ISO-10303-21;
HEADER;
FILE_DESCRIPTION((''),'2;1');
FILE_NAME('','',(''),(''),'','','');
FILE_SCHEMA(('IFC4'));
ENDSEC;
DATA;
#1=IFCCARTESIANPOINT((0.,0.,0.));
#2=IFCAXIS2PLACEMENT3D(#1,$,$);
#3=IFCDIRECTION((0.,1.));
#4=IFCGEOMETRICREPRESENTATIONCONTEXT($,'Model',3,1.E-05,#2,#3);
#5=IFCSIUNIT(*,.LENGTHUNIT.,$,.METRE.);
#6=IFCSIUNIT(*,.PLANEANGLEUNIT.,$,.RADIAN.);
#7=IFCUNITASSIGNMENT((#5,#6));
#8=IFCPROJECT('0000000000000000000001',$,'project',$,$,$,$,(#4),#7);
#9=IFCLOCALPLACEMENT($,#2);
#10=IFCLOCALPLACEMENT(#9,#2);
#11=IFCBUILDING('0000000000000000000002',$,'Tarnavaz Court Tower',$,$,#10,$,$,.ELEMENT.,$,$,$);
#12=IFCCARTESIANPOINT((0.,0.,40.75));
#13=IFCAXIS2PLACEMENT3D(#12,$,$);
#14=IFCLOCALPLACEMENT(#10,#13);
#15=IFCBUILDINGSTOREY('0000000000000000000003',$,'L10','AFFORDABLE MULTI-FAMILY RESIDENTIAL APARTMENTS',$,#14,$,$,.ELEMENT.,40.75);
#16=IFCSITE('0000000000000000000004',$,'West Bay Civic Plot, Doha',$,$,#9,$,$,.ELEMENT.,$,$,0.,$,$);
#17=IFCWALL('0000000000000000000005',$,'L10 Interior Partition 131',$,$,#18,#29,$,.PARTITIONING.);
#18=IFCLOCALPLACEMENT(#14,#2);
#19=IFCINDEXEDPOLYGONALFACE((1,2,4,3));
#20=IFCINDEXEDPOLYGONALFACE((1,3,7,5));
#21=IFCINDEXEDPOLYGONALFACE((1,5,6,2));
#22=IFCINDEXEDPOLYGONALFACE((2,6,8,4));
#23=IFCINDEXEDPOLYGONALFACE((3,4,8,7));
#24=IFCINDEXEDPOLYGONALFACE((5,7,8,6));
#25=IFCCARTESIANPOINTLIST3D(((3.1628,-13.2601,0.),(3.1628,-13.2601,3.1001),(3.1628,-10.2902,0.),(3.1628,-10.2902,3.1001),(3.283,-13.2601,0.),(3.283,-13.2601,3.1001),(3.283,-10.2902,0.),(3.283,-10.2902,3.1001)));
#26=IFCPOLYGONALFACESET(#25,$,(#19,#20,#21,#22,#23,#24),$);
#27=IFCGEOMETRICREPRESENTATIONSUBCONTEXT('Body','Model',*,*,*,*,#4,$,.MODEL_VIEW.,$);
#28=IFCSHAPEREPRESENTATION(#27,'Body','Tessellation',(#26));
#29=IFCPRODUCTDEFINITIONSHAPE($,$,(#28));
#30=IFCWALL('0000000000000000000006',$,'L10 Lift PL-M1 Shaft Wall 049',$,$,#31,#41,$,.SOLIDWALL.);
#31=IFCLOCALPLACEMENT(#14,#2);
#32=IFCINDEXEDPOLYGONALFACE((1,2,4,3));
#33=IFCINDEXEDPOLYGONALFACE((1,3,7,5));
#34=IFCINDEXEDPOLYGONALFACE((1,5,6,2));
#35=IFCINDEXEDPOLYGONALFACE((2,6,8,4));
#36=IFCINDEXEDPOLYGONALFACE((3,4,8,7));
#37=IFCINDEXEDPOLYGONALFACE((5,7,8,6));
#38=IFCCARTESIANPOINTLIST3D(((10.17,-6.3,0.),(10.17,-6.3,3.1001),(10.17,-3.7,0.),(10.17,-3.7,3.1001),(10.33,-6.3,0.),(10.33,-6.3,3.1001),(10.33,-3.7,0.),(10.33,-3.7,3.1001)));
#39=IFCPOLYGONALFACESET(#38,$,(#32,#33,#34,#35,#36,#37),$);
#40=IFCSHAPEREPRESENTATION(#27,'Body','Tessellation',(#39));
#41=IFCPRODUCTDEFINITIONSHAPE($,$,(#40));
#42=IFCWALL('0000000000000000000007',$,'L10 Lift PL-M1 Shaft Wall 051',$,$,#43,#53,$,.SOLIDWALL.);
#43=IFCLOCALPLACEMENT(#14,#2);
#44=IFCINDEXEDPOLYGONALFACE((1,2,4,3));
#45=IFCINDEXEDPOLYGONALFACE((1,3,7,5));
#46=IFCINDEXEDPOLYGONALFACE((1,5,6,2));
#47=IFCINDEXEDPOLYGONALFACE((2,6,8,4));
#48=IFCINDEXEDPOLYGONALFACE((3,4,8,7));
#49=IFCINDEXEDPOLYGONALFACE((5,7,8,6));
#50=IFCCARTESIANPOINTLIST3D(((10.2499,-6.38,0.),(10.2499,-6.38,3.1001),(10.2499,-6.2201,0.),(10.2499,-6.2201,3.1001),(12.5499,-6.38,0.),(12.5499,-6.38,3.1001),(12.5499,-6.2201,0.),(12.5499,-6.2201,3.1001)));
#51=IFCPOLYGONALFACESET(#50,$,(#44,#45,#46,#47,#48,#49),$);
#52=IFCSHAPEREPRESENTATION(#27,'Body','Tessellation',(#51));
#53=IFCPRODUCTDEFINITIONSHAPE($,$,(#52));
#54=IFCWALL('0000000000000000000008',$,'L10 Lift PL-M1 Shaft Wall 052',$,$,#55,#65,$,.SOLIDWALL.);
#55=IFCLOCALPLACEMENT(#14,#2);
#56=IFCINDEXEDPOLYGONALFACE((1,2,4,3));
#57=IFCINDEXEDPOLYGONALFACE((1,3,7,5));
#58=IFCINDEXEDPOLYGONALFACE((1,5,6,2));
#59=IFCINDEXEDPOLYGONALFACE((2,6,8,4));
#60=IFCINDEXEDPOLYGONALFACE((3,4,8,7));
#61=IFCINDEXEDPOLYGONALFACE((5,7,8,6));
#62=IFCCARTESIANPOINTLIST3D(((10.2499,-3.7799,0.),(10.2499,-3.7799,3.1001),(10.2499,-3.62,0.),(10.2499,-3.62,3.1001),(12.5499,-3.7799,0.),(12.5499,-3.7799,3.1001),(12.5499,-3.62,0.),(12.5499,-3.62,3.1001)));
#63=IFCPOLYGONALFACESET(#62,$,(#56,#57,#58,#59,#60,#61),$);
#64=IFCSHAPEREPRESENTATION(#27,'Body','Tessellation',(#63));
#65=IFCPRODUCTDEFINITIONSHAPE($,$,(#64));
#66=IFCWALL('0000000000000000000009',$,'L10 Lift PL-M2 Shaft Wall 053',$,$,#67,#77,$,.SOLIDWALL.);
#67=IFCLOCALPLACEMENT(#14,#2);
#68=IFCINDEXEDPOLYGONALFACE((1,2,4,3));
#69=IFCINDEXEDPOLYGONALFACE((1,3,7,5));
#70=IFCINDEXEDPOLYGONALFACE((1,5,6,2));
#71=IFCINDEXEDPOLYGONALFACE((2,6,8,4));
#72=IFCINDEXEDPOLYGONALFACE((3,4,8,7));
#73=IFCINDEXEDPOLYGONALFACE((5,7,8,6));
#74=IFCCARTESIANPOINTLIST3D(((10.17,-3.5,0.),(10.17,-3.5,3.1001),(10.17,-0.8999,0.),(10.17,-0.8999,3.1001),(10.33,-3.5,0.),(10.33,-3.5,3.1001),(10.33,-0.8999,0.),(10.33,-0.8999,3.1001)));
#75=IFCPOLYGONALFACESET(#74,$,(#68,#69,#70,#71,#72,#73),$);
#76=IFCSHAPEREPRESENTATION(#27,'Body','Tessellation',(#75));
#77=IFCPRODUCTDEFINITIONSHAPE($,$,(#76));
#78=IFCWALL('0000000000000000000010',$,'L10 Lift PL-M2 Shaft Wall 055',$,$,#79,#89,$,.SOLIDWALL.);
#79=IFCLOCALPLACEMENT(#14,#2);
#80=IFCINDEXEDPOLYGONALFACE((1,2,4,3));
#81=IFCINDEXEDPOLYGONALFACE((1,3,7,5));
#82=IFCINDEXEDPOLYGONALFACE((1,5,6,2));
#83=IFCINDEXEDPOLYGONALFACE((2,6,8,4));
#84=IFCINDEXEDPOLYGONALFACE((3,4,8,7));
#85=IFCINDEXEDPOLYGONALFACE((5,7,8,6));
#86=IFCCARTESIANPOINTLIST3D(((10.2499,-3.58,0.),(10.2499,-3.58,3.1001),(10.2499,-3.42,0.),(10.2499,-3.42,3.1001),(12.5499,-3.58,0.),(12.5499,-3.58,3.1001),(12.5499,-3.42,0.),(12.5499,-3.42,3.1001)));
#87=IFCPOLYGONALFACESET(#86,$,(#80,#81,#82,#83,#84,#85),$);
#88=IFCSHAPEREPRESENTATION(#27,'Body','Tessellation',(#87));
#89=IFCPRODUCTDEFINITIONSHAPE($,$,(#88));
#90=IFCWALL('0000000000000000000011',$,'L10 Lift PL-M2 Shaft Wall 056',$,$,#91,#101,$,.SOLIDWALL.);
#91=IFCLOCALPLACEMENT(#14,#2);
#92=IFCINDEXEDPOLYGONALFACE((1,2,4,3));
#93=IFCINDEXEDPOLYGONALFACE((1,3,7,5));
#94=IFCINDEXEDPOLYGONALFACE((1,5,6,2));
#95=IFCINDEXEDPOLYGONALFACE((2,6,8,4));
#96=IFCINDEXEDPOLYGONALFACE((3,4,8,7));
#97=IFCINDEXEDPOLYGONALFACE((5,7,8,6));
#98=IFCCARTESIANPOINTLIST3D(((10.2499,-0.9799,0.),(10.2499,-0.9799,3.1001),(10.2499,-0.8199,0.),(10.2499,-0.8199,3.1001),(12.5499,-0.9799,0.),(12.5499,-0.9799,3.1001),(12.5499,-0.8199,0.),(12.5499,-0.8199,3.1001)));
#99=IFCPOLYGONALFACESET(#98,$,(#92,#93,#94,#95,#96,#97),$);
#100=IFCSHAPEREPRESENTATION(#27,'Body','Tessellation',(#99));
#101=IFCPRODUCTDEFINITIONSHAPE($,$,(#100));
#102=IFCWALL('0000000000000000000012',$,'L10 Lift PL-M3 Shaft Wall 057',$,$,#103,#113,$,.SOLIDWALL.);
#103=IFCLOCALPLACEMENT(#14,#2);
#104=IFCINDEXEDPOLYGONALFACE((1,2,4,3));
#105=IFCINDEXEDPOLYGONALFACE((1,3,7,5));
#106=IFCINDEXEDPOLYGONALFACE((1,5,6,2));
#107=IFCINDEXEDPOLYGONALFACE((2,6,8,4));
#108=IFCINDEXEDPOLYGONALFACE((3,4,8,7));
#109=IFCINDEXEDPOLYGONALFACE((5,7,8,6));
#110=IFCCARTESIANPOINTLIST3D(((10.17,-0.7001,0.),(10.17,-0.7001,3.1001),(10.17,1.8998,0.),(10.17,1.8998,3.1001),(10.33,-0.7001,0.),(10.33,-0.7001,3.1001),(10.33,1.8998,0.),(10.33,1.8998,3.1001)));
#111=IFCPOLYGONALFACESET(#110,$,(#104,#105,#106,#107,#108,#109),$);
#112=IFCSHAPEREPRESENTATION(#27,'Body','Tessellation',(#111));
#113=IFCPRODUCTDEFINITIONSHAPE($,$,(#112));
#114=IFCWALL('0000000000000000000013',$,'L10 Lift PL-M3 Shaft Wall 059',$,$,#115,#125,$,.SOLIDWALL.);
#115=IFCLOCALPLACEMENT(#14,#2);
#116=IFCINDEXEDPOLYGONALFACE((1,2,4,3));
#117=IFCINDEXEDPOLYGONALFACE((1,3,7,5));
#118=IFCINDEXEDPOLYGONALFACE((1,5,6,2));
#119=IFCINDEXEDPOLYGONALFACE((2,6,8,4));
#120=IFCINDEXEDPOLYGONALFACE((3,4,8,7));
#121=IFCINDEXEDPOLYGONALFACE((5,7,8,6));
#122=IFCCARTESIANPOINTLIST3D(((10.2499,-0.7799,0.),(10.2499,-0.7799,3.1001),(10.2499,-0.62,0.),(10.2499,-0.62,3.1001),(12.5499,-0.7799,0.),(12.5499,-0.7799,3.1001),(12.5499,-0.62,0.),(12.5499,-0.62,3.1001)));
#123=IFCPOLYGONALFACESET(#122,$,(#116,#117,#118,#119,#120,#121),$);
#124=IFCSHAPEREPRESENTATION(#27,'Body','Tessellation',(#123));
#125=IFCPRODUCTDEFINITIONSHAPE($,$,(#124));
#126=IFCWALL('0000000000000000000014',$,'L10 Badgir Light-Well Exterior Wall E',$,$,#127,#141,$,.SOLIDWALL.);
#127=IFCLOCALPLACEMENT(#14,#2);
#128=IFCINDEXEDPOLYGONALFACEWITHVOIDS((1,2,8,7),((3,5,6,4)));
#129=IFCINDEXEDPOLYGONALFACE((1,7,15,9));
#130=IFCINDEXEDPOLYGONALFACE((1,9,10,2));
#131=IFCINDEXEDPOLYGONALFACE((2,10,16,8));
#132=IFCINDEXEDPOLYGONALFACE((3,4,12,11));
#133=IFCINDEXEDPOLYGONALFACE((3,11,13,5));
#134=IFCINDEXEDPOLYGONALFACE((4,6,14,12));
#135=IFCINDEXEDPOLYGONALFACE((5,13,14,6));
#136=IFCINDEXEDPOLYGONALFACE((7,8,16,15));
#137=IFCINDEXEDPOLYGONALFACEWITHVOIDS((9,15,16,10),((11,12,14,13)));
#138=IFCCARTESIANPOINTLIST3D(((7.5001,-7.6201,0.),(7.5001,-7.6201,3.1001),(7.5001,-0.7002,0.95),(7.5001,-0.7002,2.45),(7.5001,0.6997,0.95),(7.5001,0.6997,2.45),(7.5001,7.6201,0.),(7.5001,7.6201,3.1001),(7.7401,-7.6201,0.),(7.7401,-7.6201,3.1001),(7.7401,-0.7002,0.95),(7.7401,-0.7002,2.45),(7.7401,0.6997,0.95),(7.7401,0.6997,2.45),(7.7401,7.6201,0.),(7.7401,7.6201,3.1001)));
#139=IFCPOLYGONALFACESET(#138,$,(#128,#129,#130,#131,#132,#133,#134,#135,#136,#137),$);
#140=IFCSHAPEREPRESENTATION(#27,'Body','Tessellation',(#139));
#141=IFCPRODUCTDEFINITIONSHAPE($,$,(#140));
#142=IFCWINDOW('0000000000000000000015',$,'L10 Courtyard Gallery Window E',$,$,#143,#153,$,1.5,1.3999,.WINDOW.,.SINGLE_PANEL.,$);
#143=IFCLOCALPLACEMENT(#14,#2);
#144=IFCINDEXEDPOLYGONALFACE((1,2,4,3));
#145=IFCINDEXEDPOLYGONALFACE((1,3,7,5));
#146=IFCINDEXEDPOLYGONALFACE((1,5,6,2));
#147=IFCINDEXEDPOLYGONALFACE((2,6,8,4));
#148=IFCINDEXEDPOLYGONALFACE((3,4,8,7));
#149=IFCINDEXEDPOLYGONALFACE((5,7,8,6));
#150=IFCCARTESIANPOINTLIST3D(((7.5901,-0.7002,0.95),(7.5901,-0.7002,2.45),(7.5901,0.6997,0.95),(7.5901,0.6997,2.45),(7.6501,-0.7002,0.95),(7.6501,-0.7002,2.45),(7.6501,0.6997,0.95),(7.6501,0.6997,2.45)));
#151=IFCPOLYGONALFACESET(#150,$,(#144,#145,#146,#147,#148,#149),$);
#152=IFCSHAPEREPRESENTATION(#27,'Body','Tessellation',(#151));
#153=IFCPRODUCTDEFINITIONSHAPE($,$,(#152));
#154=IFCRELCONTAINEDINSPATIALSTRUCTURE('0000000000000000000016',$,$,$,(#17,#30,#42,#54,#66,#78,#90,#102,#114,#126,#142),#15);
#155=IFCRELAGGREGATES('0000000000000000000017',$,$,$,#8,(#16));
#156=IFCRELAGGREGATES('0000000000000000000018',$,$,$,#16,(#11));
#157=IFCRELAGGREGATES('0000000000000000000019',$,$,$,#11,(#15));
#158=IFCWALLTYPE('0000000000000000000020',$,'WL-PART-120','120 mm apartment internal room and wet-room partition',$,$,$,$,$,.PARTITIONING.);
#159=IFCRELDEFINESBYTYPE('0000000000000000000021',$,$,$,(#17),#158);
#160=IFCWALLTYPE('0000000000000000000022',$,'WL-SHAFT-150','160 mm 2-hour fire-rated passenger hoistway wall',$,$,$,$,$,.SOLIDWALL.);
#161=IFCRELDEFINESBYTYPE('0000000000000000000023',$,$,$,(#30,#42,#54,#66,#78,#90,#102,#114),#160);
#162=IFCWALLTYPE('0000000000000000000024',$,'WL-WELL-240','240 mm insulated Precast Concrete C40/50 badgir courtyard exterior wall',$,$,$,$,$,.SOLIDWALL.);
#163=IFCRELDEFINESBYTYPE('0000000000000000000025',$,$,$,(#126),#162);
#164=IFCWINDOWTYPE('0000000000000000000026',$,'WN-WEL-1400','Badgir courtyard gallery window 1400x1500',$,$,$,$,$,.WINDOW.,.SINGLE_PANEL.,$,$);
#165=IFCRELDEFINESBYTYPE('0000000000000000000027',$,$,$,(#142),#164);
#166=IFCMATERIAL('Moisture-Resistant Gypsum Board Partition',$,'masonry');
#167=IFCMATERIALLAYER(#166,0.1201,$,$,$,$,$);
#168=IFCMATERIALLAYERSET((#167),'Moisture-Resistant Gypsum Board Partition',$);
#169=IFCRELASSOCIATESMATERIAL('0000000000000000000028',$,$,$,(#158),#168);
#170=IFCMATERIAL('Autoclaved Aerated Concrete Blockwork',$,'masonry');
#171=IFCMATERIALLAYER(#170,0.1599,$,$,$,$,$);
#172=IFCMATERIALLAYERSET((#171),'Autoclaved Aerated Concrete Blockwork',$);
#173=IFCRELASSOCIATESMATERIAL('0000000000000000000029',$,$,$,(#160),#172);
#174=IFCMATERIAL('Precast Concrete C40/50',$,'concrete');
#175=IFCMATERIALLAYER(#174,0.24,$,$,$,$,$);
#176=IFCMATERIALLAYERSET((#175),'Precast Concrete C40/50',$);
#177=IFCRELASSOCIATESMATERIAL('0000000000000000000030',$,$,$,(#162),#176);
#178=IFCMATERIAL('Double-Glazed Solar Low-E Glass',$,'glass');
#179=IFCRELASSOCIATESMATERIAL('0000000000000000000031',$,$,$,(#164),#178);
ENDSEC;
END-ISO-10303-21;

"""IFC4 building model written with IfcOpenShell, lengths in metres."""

from ifc_helpers import new_model, si_unit, direction, frame, frame_2d, origin, place, context, subcontext, project, spatial, rectangle, extrude, material, layer, layer_set, type_object, element, fill, save


model = new_model("IFC4")

# Units and contexts
model_context = context("Model", 3, precision=1e-05, world=origin(), true_north=direction((0.0, 1.0)))
body_context = subcontext(model_context, "Body", "Model", "MODEL_VIEW")
ifc_project = project(units=[si_unit("LENGTHUNIT", "METRE"), si_unit("PLANEANGLEUNIT", "RADIAN")], contexts=[model_context])

# Site, building, storey
site_placement = place(None, origin())
site = spatial("IfcSite", under=ifc_project, at=site_placement, Name="West Bay Civic Plot, Doha", CompositionType="ELEMENT", RefElevation=0.0)
building_placement = place(site_placement, origin())
building = spatial("IfcBuilding", under=site, at=building_placement, Name="Tarnavaz Court Tower", CompositionType="ELEMENT")
storey_placement = place(building_placement, frame((0.0, 0.0, 40.75)))
storey = spatial("IfcBuildingStorey", under=building, at=storey_placement, Name="L10", Description="AFFORDABLE MULTI-FAMILY RESIDENTIAL APARTMENTS", CompositionType="ELEMENT", Elevation=40.75)

# Shared definitions
ifc_material_1 = material(Name="Moisture-Resistant Gypsum Board Partition", Category="masonry")
ifc_layer_1 = layer(ifc_material_1, 0.1201)
ifc_layer_set_1 = layer_set([ifc_layer_1], Name="Moisture-Resistant Gypsum Board Partition")
wall_type_1 = type_object("IfcWallType", Name="WL-PART-120", Description="120 mm apartment internal room and wet-room partition", PredefinedType="PARTITIONING", material=ifc_layer_set_1)

# Walls
wall_1_placement = place(storey_placement, frame((3.2229, -13.26, 0.0), z_axis=(0.0, 0.0, 1.0), x_axis=(0.0, 1.0, 0.0)))
element("IfcWall", 1, at=wall_1_placement, inside=storey, type_object=wall_type_1, Name="L10 Interior Partition 131", PredefinedType="PARTITIONING", context=body_context, shape_type="SweptSolid", body=[
    extrude(rectangle(XDim=2.97, YDim=0.1201, at=frame_2d((1.4849, 0.0))), origin(), (0.0, 0.0, 1.0), 3.1001),
])
ifc_material_2 = material(Name="Autoclaved Aerated Concrete Blockwork", Category="masonry")
ifc_layer_2 = layer(ifc_material_2, 0.1599)
ifc_layer_set_2 = layer_set([ifc_layer_2], Name="Autoclaved Aerated Concrete Blockwork")
wall_type_2 = type_object("IfcWallType", Name="WL-SHAFT-150", Description="160 mm 2-hour fire-rated passenger hoistway wall", PredefinedType="SOLIDWALL", material=ifc_layer_set_2)
wall_2_placement = place(storey_placement, frame((10.25, -6.3, 0.0), z_axis=(0.0, 0.0, 1.0), x_axis=(0.0, 1.0, 0.0)))
element("IfcWall", 2, at=wall_2_placement, inside=storey, type_object=wall_type_2, Name="L10 Lift PL-M1 Shaft Wall 049", PredefinedType="SOLIDWALL", context=body_context, shape_type="SweptSolid", body=[
    extrude(rectangle(XDim=2.6001, YDim=0.1599, at=frame_2d((1.3, 0.0))), origin(), (0.0, 0.0, 1.0), 3.1001),
])
for number, where, z_axis, x_axis, name in (
    (3, (10.25, -6.3, 0.0), (0.0, 0.0, 1.0), (1.0, 0.0, 0.0), "L10 Lift PL-M1 Shaft Wall 051"),
    (4, (10.25, -3.7, 0.0), (0.0, 0.0, 1.0), (1.0, 0.0, 0.0), "L10 Lift PL-M1 Shaft Wall 052"),
):
    element("IfcWall", number, at=place(storey_placement, frame(where, z_axis=z_axis, x_axis=x_axis)), inside=storey, type_object=wall_type_2, Name=name, PredefinedType="SOLIDWALL", context=body_context, shape_type="SweptSolid", body=[
        extrude(rectangle(XDim=2.3, YDim=0.1599, at=frame_2d((1.1499, 0.0))), origin(), (0.0, 0.0, 1.0), 3.1001),
    ])
wall_3_placement = place(storey_placement, frame((10.25, -3.5, 0.0), z_axis=(0.0, 0.0, 1.0), x_axis=(0.0, 1.0, 0.0)))
element("IfcWall", 5, at=wall_3_placement, inside=storey, type_object=wall_type_2, Name="L10 Lift PL-M2 Shaft Wall 053", PredefinedType="SOLIDWALL", context=body_context, shape_type="SweptSolid", body=[
    extrude(rectangle(XDim=2.6001, YDim=0.1599, at=frame_2d((1.3, 0.0))), origin(), (0.0, 0.0, 1.0), 3.1001),
])
for number, where, z_axis, x_axis, name in (
    (6, (10.25, -3.5, 0.0), (0.0, 0.0, 1.0), (1.0, 0.0, 0.0), "L10 Lift PL-M2 Shaft Wall 055"),
    (7, (10.25, -0.8999, 0.0), (0.0, 0.0, 1.0), (1.0, 0.0, 0.0), "L10 Lift PL-M2 Shaft Wall 056"),
):
    element("IfcWall", number, at=place(storey_placement, frame(where, z_axis=z_axis, x_axis=x_axis)), inside=storey, type_object=wall_type_2, Name=name, PredefinedType="SOLIDWALL", context=body_context, shape_type="SweptSolid", body=[
        extrude(rectangle(XDim=2.3, YDim=0.1599, at=frame_2d((1.1499, 0.0))), origin(), (0.0, 0.0, 1.0), 3.1001),
    ])
wall_4_placement = place(storey_placement, frame((10.25, -0.7, 0.0), z_axis=(0.0, 0.0, 1.0), x_axis=(0.0, 1.0, 0.0)))
element("IfcWall", 8, at=wall_4_placement, inside=storey, type_object=wall_type_2, Name="L10 Lift PL-M3 Shaft Wall 057", PredefinedType="SOLIDWALL", context=body_context, shape_type="SweptSolid", body=[
    extrude(rectangle(XDim=2.5999, YDim=0.1599, at=frame_2d((1.2998, 0.0))), origin(), (0.0, 0.0, 1.0), 3.1001),
])
wall_5_placement = place(storey_placement, frame((10.25, -0.7, 0.0), z_axis=(0.0, 0.0, 1.0), x_axis=(1.0, 0.0, 0.0)))
element("IfcWall", 9, at=wall_5_placement, inside=storey, type_object=wall_type_2, Name="L10 Lift PL-M3 Shaft Wall 059", PredefinedType="SOLIDWALL", context=body_context, shape_type="SweptSolid", body=[
    extrude(rectangle(XDim=2.3, YDim=0.1599, at=frame_2d((1.1499, 0.0))), origin(), (0.0, 0.0, 1.0), 3.1001),
])

# Wall, opening, window
ifc_material_3 = material(Name="Precast Concrete C40/50", Category="concrete")
ifc_layer_3 = layer(ifc_material_3, 0.24)
ifc_layer_set_3 = layer_set([ifc_layer_3], Name="Precast Concrete C40/50")
wall_type_3 = type_object("IfcWallType", Name="WL-WELL-240", Description="240 mm insulated Precast Concrete C40/50 badgir courtyard exterior wall", PredefinedType="SOLIDWALL", material=ifc_layer_set_3)
wall_6_placement = place(storey_placement, frame((7.6201, -7.6201, 0.0), z_axis=(0.0, 0.0, 1.0), x_axis=(0.0, 1.0, 0.0)))
wall_6 = element("IfcWall", 10, at=wall_6_placement, inside=storey, type_object=wall_type_3, Name="L10 Badgir Light-Well Exterior Wall E", PredefinedType="SOLIDWALL", context=body_context, shape_type="SweptSolid", body=[
    extrude(rectangle(XDim=15.2402, YDim=0.24, at=frame_2d((7.6201, 0.0))), origin(), (0.0, 0.0, 1.0), 3.1001),
])
opening_1_placement = place(wall_6_placement, frame((6.9199, 0.0, 0.95)))
opening_1 = element("IfcOpeningElement", 11, at=opening_1_placement, cuts=wall_6, PredefinedType="OPENING", context=body_context, shape_type="SweptSolid", body=[
    extrude(rectangle(XDim=1.3999, YDim=1.5, at=frame_2d((0.7, 0.75))), frame((0.0, 0.1299, 0.0), z_axis=(0.0, -1.0, 0.0), x_axis=(1.0, 0.0, 0.0)), (0.0, 0.0, 1.0), 0.26),
])
ifc_material_4 = material(Name="Double-Glazed Solar Low-E Glass", Category="glass")
window_type = type_object("IfcWindowType", Name="WN-WEL-1400", Description="Badgir courtyard gallery window 1400x1500", PartitioningType="SINGLE_PANEL", PredefinedType="WINDOW", material=ifc_material_4)
window_placement = place(opening_1_placement, origin())
window = element("IfcWindow", 12, at=window_placement, inside=storey, type_object=window_type, Name="L10 Courtyard Gallery Window E", OverallHeight=1.5, OverallWidth=1.3999, PartitioningType="SINGLE_PANEL", PredefinedType="WINDOW", context=body_context, shape_type="SweptSolid", body=[
    extrude(rectangle(XDim=1.3999, YDim=1.5, at=frame_2d((0.7, 0.75))), frame((0.0, 0.03, 0.0), z_axis=(0.0, -1.0, 0.0), x_axis=(1.0, 0.0, 0.0)), (0.0, 0.0, 1.0), 0.0601),
])
fill(opening_1, window)

save(model, "model.ifc")
